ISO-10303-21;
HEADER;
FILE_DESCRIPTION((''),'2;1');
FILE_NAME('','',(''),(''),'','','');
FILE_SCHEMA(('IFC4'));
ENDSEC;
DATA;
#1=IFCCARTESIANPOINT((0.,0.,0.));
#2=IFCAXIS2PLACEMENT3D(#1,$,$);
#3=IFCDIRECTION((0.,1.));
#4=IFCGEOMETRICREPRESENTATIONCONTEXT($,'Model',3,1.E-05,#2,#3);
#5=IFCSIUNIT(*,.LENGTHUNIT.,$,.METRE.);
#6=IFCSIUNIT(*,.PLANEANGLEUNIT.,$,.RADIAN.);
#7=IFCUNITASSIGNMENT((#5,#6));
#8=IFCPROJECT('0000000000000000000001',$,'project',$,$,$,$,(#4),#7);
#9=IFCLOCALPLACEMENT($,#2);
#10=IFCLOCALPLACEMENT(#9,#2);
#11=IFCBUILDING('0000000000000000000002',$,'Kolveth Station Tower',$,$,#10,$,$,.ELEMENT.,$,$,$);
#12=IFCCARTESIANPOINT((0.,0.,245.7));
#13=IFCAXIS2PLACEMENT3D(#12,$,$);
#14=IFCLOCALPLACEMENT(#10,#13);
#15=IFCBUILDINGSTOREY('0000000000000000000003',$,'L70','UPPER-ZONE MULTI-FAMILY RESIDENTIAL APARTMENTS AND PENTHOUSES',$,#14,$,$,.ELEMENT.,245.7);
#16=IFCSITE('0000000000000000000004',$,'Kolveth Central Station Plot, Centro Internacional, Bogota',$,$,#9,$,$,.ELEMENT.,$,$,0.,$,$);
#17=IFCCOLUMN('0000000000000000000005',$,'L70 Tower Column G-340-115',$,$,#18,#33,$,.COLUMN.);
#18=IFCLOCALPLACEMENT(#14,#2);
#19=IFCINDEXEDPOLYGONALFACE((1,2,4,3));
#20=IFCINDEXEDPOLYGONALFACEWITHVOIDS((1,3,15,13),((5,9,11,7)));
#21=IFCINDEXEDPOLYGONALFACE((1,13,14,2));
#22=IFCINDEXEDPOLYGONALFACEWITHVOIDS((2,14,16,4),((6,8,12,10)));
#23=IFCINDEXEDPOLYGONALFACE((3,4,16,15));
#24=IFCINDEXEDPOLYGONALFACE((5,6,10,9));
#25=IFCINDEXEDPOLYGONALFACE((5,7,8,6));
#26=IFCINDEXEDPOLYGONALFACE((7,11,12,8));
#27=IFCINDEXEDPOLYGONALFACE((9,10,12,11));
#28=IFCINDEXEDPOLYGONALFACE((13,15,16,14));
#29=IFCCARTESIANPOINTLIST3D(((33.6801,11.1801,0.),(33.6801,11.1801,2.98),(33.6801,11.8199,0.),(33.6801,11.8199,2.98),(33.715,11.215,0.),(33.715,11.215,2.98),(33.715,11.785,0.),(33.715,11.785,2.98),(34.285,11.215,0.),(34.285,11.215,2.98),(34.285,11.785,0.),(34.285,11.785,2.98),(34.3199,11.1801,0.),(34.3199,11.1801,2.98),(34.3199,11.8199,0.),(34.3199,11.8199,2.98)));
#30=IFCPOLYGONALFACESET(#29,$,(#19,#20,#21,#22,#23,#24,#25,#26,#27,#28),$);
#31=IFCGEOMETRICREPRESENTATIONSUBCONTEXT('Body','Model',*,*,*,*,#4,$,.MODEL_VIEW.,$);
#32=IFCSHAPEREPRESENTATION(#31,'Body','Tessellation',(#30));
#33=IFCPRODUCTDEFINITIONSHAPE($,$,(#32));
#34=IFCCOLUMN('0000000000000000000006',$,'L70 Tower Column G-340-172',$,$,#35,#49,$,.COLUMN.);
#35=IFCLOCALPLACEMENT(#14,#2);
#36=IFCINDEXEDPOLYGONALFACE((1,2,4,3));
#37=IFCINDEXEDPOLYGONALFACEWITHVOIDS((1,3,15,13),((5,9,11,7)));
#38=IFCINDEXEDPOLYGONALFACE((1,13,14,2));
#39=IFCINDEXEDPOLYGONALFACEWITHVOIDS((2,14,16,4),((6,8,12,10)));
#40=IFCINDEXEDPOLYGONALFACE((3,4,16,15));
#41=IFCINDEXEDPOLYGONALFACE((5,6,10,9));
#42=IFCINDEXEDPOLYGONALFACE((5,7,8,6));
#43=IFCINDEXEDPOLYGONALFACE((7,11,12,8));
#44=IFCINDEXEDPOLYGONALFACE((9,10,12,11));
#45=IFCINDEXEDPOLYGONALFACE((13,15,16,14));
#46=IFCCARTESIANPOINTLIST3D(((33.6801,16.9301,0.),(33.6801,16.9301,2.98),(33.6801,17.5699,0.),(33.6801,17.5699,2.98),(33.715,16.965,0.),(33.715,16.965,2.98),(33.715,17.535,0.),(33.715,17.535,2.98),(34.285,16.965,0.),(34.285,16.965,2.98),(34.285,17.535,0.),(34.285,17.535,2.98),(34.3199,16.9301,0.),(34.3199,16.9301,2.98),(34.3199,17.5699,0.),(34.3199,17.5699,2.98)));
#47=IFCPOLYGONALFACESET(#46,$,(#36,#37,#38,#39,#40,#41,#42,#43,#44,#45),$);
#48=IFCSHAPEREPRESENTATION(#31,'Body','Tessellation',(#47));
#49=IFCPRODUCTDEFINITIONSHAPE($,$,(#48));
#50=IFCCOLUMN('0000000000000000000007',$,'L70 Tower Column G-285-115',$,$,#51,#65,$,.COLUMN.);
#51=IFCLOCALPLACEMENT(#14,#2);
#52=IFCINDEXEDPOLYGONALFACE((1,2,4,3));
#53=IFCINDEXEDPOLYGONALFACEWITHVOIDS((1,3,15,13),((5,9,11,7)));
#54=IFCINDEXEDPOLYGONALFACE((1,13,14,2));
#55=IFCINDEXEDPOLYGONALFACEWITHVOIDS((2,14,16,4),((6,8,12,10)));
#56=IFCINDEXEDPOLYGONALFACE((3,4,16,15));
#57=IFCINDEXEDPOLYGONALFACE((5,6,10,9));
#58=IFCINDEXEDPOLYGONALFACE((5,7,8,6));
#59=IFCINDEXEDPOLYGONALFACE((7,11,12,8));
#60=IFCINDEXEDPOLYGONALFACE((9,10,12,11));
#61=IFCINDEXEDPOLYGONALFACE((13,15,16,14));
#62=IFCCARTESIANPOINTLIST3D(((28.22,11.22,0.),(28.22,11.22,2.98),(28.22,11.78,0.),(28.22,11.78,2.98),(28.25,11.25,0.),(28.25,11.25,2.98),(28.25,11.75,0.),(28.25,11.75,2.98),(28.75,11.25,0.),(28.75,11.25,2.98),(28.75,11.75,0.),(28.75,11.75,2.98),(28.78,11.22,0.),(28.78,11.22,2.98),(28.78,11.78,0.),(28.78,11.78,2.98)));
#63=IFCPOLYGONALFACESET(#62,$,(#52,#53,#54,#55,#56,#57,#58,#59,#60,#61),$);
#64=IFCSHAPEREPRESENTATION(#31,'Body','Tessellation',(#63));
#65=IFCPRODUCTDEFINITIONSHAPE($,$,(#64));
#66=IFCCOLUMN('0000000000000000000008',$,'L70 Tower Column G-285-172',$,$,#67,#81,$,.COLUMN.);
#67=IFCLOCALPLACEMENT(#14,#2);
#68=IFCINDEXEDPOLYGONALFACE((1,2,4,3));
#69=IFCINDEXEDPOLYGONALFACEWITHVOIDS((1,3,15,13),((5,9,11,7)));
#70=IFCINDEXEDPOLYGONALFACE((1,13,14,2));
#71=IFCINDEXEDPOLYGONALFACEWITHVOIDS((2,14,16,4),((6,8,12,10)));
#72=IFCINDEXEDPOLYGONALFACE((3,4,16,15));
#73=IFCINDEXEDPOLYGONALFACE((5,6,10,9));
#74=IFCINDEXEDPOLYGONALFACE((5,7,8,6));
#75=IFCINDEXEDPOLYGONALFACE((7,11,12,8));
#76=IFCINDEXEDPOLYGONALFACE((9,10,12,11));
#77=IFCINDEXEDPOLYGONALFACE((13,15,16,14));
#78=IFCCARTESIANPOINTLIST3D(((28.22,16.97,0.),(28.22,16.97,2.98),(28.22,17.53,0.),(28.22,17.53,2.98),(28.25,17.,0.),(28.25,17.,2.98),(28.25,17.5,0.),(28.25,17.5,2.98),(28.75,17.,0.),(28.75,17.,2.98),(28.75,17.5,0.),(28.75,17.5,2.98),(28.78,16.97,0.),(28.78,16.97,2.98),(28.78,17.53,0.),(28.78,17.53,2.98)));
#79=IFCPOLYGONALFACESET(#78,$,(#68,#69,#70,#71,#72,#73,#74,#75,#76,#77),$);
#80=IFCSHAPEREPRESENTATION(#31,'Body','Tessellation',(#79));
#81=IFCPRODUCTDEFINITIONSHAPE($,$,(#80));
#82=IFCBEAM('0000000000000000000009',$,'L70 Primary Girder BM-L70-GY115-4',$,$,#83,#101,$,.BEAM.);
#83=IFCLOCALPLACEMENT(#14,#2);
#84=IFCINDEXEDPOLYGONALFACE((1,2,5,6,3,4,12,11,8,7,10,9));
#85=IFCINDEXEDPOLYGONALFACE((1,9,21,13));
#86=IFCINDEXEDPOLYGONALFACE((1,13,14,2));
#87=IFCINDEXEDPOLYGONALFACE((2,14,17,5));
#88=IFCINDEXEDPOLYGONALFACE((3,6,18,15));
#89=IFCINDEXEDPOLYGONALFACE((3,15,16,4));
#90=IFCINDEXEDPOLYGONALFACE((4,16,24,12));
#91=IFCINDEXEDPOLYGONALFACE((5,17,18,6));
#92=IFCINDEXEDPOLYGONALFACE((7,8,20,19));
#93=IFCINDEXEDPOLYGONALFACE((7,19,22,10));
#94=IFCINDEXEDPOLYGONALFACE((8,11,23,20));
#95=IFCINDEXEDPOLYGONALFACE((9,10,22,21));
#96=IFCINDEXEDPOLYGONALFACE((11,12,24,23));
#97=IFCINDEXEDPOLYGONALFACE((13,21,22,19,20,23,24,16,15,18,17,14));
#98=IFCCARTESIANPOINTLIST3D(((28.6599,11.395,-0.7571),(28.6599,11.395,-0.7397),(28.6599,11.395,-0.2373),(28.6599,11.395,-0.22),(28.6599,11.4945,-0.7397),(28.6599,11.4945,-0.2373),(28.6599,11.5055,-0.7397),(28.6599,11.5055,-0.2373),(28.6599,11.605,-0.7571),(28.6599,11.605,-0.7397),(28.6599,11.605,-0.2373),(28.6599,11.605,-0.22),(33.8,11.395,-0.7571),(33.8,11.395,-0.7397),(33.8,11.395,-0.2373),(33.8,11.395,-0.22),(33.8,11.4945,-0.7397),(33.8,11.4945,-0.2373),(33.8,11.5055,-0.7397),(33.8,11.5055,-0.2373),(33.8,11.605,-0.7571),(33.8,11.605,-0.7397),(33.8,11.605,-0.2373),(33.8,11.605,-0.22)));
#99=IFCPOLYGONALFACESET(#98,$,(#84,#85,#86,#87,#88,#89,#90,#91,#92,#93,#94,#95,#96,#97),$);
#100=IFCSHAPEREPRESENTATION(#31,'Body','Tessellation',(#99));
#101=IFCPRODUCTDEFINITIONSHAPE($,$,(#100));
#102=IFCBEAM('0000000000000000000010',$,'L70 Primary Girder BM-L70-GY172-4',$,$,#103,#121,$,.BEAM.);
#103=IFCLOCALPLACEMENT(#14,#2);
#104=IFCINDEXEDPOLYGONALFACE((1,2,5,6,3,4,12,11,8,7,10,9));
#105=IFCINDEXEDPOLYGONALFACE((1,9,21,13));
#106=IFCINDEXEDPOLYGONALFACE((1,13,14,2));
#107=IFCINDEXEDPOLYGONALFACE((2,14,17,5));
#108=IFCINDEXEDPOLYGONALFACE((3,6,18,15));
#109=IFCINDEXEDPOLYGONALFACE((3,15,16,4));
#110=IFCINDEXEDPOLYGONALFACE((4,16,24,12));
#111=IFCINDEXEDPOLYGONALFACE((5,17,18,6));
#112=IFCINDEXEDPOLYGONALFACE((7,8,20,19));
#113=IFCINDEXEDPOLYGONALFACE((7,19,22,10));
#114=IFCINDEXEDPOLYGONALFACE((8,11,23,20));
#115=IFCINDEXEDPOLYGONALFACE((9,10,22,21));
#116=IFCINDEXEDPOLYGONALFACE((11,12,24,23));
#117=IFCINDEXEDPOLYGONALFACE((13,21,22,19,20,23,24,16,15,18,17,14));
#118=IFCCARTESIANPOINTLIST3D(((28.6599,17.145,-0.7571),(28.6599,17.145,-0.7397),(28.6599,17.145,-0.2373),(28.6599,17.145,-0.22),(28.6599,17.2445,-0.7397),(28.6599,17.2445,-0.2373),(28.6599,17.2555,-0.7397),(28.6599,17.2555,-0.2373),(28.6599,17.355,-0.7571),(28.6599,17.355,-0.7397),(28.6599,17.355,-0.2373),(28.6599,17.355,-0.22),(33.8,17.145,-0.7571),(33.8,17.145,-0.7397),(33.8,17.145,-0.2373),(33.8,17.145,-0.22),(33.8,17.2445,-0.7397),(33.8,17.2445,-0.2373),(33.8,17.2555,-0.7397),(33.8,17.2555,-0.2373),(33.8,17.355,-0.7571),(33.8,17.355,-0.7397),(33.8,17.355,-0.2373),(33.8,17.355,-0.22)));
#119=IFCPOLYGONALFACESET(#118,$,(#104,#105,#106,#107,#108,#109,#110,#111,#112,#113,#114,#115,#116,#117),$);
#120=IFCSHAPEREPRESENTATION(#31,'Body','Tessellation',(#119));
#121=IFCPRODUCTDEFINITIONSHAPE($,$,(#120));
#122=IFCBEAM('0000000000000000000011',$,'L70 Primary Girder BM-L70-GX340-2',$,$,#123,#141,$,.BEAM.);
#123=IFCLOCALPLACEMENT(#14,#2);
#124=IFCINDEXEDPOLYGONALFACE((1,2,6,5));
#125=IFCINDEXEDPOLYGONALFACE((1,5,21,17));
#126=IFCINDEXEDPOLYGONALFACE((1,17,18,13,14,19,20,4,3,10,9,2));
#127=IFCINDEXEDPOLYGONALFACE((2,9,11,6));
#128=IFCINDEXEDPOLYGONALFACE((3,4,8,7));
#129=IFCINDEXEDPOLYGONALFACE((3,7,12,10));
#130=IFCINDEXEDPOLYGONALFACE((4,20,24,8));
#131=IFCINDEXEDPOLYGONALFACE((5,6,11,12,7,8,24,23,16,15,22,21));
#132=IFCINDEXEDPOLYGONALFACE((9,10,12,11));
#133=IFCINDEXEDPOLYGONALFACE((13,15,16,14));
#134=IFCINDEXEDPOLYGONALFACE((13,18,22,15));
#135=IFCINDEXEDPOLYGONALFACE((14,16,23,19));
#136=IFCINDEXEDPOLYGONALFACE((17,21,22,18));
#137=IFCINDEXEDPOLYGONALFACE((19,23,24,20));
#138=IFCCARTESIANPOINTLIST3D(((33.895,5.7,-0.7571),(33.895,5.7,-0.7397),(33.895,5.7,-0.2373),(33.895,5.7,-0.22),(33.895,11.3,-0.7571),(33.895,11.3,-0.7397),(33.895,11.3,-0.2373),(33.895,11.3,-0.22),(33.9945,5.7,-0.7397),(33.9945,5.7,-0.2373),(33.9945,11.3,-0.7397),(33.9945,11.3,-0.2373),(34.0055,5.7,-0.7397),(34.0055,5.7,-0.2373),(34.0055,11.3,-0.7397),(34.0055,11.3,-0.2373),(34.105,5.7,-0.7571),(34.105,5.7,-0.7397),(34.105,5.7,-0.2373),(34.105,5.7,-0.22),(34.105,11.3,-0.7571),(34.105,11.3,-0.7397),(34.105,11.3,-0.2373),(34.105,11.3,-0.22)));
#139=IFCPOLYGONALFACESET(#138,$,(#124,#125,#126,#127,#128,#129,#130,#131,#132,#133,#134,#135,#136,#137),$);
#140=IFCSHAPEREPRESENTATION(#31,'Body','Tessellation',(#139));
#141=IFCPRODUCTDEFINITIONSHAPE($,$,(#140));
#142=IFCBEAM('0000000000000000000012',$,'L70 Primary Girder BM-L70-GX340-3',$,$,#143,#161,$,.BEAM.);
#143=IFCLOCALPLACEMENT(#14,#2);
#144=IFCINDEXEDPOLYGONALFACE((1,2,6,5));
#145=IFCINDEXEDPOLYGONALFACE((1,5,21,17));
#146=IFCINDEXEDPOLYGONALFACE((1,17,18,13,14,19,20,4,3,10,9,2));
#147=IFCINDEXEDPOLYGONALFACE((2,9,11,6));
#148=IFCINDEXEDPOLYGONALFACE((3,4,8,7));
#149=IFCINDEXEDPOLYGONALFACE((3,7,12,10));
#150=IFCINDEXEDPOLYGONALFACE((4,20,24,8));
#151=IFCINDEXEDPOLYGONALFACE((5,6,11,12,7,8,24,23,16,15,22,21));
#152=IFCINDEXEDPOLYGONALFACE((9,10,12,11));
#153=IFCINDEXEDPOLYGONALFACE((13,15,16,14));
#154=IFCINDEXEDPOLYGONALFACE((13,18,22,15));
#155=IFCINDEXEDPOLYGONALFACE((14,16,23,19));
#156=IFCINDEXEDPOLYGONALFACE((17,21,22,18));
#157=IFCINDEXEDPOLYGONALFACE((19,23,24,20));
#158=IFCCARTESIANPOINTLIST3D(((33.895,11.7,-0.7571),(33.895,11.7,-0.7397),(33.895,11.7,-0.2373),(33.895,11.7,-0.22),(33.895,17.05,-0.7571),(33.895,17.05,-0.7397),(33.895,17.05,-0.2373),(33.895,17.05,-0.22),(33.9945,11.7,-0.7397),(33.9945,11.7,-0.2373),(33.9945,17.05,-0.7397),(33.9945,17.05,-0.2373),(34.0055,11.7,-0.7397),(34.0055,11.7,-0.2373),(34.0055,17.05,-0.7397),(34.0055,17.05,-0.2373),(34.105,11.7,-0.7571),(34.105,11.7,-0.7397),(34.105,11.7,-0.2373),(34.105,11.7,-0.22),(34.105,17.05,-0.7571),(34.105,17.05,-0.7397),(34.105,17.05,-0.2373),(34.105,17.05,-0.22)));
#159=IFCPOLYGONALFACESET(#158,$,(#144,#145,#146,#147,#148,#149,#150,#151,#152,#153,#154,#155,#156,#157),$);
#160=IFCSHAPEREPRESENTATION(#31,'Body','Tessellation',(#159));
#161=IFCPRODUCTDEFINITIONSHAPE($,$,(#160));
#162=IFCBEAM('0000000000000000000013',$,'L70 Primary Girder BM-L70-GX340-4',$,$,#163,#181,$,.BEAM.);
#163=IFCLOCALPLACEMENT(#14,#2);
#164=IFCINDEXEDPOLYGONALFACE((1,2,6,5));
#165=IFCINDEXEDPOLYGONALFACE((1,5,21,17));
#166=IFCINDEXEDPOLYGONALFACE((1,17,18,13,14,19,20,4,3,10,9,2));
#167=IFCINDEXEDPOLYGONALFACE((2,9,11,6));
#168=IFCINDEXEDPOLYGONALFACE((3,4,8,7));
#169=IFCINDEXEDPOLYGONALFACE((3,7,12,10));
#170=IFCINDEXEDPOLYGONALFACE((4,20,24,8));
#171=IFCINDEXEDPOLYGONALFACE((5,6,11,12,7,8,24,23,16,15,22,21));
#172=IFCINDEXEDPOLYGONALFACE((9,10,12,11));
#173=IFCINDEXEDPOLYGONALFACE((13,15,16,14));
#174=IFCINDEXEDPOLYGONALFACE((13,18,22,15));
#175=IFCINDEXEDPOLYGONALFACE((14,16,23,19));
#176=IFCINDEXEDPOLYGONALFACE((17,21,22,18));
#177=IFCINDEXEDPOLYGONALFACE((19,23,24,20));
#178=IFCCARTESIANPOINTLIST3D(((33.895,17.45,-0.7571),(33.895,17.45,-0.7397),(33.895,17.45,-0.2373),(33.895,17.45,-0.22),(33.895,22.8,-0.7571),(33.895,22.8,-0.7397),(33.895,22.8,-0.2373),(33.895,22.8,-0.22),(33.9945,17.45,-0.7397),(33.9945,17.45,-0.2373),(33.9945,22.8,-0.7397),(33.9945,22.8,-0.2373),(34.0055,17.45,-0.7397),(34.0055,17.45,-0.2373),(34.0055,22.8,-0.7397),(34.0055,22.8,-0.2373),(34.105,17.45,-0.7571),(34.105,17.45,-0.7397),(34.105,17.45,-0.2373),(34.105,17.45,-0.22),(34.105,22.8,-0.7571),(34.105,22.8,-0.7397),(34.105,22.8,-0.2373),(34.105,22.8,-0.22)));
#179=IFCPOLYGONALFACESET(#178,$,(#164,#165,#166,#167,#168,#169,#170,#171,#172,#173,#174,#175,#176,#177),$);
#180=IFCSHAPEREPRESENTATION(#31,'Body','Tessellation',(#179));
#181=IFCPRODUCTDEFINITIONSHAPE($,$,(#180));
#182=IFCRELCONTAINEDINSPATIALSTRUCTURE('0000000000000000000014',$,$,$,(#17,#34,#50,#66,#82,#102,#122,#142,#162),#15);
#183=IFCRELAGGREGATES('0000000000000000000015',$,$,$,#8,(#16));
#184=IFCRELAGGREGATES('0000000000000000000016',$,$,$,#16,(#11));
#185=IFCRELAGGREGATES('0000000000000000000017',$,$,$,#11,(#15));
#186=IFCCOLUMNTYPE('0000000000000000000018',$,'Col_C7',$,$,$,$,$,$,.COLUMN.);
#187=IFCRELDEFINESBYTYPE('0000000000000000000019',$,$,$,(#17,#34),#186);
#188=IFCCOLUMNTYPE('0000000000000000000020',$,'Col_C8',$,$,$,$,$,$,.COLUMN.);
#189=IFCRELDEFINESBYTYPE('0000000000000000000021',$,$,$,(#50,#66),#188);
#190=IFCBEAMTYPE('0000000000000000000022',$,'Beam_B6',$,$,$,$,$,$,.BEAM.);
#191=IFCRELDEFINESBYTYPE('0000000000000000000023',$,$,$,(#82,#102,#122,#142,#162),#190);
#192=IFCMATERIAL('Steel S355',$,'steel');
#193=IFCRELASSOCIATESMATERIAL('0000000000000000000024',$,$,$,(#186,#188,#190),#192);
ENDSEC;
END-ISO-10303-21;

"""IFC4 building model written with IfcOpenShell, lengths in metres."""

from ifc_helpers import new_model, si_unit, direction, frame, origin, origin_2d, place, context, subcontext, project, spatial, hollow_rectangle, i_section, extrude, source, transform, mapped, material, material_profile, profile_set, type_object, element, save


model = new_model("IFC4")

# Units and contexts
model_context = context("Model", 3, precision=1e-05, world=origin(), true_north=direction((0.0, 1.0)))
body_context = subcontext(model_context, "Body", "Model", "MODEL_VIEW")
ifc_project = project(units=[si_unit("LENGTHUNIT", "METRE"), si_unit("PLANEANGLEUNIT", "RADIAN")], contexts=[model_context])

# Site, building, storey
site_placement = place(None, origin())
site = spatial("IfcSite", under=ifc_project, at=site_placement, Name="Kolveth Central Station Plot, Centro Internacional, Bogota", CompositionType="ELEMENT", RefElevation=0.0)
building_placement = place(site_placement, origin())
building = spatial("IfcBuilding", under=site, at=building_placement, Name="Kolveth Station Tower", CompositionType="ELEMENT")
storey_placement = place(building_placement, frame((0.0, 0.0, 245.7)))
storey = spatial("IfcBuildingStorey", under=building, at=storey_placement, Name="L70", Description="UPPER-ZONE MULTI-FAMILY RESIDENTIAL APARTMENTS AND PENTHOUSES", CompositionType="ELEMENT", Elevation=245.7)

# Columns
ifc_material_1 = material(Name="Steel S355", Category="steel")
ifc_material_profile_1 = material_profile(ifc_material_1, hollow_rectangle(XDim=0.6399, YDim=0.6399, WallThickness=0.0349, at=origin_2d()), Name="BOX640x640x35")
ifc_profile_set_1 = profile_set([ifc_material_profile_1], Name="Steel S355")
column_type_1 = type_object("IfcColumnType", Name="Col_C7", PredefinedType="COLUMN", material=ifc_profile_set_1)
shared_shape_1 = source(origin(), body_context, "Body", "SweptSolid", [
    extrude(hollow_rectangle(XDim=0.6399, YDim=0.6399, WallThickness=0.0349, at=origin_2d()), origin(), (0.0, 0.0, 1.0), 2.98),
])
for number, where, z_axis, x_axis, name in (
    (1, (34.0, 11.5, 0.0), (0.0, 0.0, 1.0), (1.0, 0.0, 0.0), "L70 Tower Column G-340-115"),
    (2, (34.0, 17.25, 0.0), (0.0, 0.0, 1.0), (1.0, 0.0, 0.0), "L70 Tower Column G-340-172"),
):
    element("IfcColumn", number, at=place(storey_placement, frame(where, z_axis=z_axis, x_axis=x_axis)), inside=storey, type_object=column_type_1, Name=name, PredefinedType="COLUMN", context=body_context, shape_type="MappedRepresentation", body=[
        mapped(shared_shape_1, transform((0.0, 0.0, 0.0), x_axis=(1.0, 0.0, 0.0), y_axis=(0.0, 1.0, 0.0), z_axis=(0.0, 0.0, 1.0), scale=1.0)),
    ])
ifc_material_profile_2 = material_profile(ifc_material_1, hollow_rectangle(XDim=0.5601, YDim=0.5601, WallThickness=0.03, at=origin_2d()), Name="BOX560x560x30")
ifc_profile_set_2 = profile_set([ifc_material_profile_2], Name="Steel S355")
column_type_2 = type_object("IfcColumnType", Name="Col_C8", PredefinedType="COLUMN", material=ifc_profile_set_2)
shared_shape_2 = source(origin(), body_context, "Body", "SweptSolid", [
    extrude(hollow_rectangle(XDim=0.5601, YDim=0.5601, WallThickness=0.03, at=origin_2d()), origin(), (0.0, 0.0, 1.0), 2.98),
])
for number, where, z_axis, x_axis, name in (
    (3, (28.5, 11.5, 0.0), (0.0, 0.0, 1.0), (1.0, 0.0, 0.0), "L70 Tower Column G-285-115"),
    (4, (28.5, 17.25, 0.0), (0.0, 0.0, 1.0), (1.0, 0.0, 0.0), "L70 Tower Column G-285-172"),
):
    element("IfcColumn", number, at=place(storey_placement, frame(where, z_axis=z_axis, x_axis=x_axis)), inside=storey, type_object=column_type_2, Name=name, PredefinedType="COLUMN", context=body_context, shape_type="MappedRepresentation", body=[
        mapped(shared_shape_2, transform((0.0, 0.0, 0.0), x_axis=(1.0, 0.0, 0.0), y_axis=(0.0, 1.0, 0.0), z_axis=(0.0, 0.0, 1.0), scale=1.0)),
    ])

# Beams
ifc_material_profile_3 = material_profile(ifc_material_1, i_section(OverallWidth=0.21, OverallDepth=0.5371, WebThickness=0.011, FlangeThickness=0.0173, at=origin_2d()), Name="W530x101")
ifc_profile_set_3 = profile_set([ifc_material_profile_3], Name="Steel S355")
beam_type_1 = type_object("IfcBeamType", Name="Beam_B6", PredefinedType="BEAM", material=ifc_profile_set_3)
shared_shape_3 = source(origin(), body_context, "Body", "SweptSolid", [
    extrude(i_section(OverallWidth=0.21, OverallDepth=0.5371, WebThickness=0.011, FlangeThickness=0.0173, at=origin_2d()), origin(), (0.0, 0.0, 1.0), 5.1401),
])
for number, where, z_axis, x_axis, name in (
    (5, (28.6599, 11.5, -0.4885), (1.0, 0.0, 0.0), (0.0, 1.0, 0.0), "L70 Primary Girder BM-L70-GY115-4"),
    (6, (28.6599, 17.25, -0.4885), (1.0, 0.0, 0.0), (0.0, 1.0, 0.0), "L70 Primary Girder BM-L70-GY172-4"),
):
    element("IfcBeam", number, at=place(storey_placement, frame(where, z_axis=z_axis, x_axis=x_axis)), inside=storey, type_object=beam_type_1, Name=name, PredefinedType="BEAM", context=body_context, shape_type="MappedRepresentation", body=[
        mapped(shared_shape_3, transform((0.0, 0.0, 0.0), x_axis=(1.0, 0.0, 0.0), y_axis=(0.0, 1.0, 0.0), z_axis=(0.0, 0.0, 1.0), scale=1.0)),
    ])
shared_shape_4 = source(origin(), body_context, "Body", "SweptSolid", [
    extrude(i_section(OverallWidth=0.21, OverallDepth=0.5371, WebThickness=0.011, FlangeThickness=0.0173, at=origin_2d()), origin(), (0.0, 0.0, 1.0), 5.6001),
])
beam_1_placement = place(storey_placement, frame((34.0, 5.7, -0.4885), z_axis=(0.0, 1.0, 0.0), x_axis=(-1.0, 0.0, 0.0)))
element("IfcBeam", 7, at=beam_1_placement, inside=storey, type_object=beam_type_1, Name="L70 Primary Girder BM-L70-GX340-2", PredefinedType="BEAM", context=body_context, shape_type="MappedRepresentation", body=[
    mapped(shared_shape_4, transform((0.0, 0.0, 0.0), x_axis=(1.0, 0.0, 0.0), y_axis=(0.0, 1.0, 0.0), z_axis=(0.0, 0.0, 1.0), scale=1.0)),
])
shared_shape_5 = source(origin(), body_context, "Body", "SweptSolid", [
    extrude(i_section(OverallWidth=0.21, OverallDepth=0.5371, WebThickness=0.011, FlangeThickness=0.0173, at=origin_2d()), origin(), (0.0, 0.0, 1.0), 5.3501),
])
for number, where, z_axis, x_axis, name in (
    (8, (34.0, 11.7, -0.4885), (0.0, 1.0, 0.0), (-1.0, 0.0, 0.0), "L70 Primary Girder BM-L70-GX340-3"),
    (9, (34.0, 17.45, -0.4885), (0.0, 1.0, 0.0), (-1.0, 0.0, 0.0), "L70 Primary Girder BM-L70-GX340-4"),
):
    element("IfcBeam", number, at=place(storey_placement, frame(where, z_axis=z_axis, x_axis=x_axis)), inside=storey, type_object=beam_type_1, Name=name, PredefinedType="BEAM", context=body_context, shape_type="MappedRepresentation", body=[
        mapped(shared_shape_5, transform((0.0, 0.0, 0.0), x_axis=(1.0, 0.0, 0.0), y_axis=(0.0, 1.0, 0.0), z_axis=(0.0, 0.0, 1.0), scale=1.0)),
    ])

save(model, "model.ifc")
